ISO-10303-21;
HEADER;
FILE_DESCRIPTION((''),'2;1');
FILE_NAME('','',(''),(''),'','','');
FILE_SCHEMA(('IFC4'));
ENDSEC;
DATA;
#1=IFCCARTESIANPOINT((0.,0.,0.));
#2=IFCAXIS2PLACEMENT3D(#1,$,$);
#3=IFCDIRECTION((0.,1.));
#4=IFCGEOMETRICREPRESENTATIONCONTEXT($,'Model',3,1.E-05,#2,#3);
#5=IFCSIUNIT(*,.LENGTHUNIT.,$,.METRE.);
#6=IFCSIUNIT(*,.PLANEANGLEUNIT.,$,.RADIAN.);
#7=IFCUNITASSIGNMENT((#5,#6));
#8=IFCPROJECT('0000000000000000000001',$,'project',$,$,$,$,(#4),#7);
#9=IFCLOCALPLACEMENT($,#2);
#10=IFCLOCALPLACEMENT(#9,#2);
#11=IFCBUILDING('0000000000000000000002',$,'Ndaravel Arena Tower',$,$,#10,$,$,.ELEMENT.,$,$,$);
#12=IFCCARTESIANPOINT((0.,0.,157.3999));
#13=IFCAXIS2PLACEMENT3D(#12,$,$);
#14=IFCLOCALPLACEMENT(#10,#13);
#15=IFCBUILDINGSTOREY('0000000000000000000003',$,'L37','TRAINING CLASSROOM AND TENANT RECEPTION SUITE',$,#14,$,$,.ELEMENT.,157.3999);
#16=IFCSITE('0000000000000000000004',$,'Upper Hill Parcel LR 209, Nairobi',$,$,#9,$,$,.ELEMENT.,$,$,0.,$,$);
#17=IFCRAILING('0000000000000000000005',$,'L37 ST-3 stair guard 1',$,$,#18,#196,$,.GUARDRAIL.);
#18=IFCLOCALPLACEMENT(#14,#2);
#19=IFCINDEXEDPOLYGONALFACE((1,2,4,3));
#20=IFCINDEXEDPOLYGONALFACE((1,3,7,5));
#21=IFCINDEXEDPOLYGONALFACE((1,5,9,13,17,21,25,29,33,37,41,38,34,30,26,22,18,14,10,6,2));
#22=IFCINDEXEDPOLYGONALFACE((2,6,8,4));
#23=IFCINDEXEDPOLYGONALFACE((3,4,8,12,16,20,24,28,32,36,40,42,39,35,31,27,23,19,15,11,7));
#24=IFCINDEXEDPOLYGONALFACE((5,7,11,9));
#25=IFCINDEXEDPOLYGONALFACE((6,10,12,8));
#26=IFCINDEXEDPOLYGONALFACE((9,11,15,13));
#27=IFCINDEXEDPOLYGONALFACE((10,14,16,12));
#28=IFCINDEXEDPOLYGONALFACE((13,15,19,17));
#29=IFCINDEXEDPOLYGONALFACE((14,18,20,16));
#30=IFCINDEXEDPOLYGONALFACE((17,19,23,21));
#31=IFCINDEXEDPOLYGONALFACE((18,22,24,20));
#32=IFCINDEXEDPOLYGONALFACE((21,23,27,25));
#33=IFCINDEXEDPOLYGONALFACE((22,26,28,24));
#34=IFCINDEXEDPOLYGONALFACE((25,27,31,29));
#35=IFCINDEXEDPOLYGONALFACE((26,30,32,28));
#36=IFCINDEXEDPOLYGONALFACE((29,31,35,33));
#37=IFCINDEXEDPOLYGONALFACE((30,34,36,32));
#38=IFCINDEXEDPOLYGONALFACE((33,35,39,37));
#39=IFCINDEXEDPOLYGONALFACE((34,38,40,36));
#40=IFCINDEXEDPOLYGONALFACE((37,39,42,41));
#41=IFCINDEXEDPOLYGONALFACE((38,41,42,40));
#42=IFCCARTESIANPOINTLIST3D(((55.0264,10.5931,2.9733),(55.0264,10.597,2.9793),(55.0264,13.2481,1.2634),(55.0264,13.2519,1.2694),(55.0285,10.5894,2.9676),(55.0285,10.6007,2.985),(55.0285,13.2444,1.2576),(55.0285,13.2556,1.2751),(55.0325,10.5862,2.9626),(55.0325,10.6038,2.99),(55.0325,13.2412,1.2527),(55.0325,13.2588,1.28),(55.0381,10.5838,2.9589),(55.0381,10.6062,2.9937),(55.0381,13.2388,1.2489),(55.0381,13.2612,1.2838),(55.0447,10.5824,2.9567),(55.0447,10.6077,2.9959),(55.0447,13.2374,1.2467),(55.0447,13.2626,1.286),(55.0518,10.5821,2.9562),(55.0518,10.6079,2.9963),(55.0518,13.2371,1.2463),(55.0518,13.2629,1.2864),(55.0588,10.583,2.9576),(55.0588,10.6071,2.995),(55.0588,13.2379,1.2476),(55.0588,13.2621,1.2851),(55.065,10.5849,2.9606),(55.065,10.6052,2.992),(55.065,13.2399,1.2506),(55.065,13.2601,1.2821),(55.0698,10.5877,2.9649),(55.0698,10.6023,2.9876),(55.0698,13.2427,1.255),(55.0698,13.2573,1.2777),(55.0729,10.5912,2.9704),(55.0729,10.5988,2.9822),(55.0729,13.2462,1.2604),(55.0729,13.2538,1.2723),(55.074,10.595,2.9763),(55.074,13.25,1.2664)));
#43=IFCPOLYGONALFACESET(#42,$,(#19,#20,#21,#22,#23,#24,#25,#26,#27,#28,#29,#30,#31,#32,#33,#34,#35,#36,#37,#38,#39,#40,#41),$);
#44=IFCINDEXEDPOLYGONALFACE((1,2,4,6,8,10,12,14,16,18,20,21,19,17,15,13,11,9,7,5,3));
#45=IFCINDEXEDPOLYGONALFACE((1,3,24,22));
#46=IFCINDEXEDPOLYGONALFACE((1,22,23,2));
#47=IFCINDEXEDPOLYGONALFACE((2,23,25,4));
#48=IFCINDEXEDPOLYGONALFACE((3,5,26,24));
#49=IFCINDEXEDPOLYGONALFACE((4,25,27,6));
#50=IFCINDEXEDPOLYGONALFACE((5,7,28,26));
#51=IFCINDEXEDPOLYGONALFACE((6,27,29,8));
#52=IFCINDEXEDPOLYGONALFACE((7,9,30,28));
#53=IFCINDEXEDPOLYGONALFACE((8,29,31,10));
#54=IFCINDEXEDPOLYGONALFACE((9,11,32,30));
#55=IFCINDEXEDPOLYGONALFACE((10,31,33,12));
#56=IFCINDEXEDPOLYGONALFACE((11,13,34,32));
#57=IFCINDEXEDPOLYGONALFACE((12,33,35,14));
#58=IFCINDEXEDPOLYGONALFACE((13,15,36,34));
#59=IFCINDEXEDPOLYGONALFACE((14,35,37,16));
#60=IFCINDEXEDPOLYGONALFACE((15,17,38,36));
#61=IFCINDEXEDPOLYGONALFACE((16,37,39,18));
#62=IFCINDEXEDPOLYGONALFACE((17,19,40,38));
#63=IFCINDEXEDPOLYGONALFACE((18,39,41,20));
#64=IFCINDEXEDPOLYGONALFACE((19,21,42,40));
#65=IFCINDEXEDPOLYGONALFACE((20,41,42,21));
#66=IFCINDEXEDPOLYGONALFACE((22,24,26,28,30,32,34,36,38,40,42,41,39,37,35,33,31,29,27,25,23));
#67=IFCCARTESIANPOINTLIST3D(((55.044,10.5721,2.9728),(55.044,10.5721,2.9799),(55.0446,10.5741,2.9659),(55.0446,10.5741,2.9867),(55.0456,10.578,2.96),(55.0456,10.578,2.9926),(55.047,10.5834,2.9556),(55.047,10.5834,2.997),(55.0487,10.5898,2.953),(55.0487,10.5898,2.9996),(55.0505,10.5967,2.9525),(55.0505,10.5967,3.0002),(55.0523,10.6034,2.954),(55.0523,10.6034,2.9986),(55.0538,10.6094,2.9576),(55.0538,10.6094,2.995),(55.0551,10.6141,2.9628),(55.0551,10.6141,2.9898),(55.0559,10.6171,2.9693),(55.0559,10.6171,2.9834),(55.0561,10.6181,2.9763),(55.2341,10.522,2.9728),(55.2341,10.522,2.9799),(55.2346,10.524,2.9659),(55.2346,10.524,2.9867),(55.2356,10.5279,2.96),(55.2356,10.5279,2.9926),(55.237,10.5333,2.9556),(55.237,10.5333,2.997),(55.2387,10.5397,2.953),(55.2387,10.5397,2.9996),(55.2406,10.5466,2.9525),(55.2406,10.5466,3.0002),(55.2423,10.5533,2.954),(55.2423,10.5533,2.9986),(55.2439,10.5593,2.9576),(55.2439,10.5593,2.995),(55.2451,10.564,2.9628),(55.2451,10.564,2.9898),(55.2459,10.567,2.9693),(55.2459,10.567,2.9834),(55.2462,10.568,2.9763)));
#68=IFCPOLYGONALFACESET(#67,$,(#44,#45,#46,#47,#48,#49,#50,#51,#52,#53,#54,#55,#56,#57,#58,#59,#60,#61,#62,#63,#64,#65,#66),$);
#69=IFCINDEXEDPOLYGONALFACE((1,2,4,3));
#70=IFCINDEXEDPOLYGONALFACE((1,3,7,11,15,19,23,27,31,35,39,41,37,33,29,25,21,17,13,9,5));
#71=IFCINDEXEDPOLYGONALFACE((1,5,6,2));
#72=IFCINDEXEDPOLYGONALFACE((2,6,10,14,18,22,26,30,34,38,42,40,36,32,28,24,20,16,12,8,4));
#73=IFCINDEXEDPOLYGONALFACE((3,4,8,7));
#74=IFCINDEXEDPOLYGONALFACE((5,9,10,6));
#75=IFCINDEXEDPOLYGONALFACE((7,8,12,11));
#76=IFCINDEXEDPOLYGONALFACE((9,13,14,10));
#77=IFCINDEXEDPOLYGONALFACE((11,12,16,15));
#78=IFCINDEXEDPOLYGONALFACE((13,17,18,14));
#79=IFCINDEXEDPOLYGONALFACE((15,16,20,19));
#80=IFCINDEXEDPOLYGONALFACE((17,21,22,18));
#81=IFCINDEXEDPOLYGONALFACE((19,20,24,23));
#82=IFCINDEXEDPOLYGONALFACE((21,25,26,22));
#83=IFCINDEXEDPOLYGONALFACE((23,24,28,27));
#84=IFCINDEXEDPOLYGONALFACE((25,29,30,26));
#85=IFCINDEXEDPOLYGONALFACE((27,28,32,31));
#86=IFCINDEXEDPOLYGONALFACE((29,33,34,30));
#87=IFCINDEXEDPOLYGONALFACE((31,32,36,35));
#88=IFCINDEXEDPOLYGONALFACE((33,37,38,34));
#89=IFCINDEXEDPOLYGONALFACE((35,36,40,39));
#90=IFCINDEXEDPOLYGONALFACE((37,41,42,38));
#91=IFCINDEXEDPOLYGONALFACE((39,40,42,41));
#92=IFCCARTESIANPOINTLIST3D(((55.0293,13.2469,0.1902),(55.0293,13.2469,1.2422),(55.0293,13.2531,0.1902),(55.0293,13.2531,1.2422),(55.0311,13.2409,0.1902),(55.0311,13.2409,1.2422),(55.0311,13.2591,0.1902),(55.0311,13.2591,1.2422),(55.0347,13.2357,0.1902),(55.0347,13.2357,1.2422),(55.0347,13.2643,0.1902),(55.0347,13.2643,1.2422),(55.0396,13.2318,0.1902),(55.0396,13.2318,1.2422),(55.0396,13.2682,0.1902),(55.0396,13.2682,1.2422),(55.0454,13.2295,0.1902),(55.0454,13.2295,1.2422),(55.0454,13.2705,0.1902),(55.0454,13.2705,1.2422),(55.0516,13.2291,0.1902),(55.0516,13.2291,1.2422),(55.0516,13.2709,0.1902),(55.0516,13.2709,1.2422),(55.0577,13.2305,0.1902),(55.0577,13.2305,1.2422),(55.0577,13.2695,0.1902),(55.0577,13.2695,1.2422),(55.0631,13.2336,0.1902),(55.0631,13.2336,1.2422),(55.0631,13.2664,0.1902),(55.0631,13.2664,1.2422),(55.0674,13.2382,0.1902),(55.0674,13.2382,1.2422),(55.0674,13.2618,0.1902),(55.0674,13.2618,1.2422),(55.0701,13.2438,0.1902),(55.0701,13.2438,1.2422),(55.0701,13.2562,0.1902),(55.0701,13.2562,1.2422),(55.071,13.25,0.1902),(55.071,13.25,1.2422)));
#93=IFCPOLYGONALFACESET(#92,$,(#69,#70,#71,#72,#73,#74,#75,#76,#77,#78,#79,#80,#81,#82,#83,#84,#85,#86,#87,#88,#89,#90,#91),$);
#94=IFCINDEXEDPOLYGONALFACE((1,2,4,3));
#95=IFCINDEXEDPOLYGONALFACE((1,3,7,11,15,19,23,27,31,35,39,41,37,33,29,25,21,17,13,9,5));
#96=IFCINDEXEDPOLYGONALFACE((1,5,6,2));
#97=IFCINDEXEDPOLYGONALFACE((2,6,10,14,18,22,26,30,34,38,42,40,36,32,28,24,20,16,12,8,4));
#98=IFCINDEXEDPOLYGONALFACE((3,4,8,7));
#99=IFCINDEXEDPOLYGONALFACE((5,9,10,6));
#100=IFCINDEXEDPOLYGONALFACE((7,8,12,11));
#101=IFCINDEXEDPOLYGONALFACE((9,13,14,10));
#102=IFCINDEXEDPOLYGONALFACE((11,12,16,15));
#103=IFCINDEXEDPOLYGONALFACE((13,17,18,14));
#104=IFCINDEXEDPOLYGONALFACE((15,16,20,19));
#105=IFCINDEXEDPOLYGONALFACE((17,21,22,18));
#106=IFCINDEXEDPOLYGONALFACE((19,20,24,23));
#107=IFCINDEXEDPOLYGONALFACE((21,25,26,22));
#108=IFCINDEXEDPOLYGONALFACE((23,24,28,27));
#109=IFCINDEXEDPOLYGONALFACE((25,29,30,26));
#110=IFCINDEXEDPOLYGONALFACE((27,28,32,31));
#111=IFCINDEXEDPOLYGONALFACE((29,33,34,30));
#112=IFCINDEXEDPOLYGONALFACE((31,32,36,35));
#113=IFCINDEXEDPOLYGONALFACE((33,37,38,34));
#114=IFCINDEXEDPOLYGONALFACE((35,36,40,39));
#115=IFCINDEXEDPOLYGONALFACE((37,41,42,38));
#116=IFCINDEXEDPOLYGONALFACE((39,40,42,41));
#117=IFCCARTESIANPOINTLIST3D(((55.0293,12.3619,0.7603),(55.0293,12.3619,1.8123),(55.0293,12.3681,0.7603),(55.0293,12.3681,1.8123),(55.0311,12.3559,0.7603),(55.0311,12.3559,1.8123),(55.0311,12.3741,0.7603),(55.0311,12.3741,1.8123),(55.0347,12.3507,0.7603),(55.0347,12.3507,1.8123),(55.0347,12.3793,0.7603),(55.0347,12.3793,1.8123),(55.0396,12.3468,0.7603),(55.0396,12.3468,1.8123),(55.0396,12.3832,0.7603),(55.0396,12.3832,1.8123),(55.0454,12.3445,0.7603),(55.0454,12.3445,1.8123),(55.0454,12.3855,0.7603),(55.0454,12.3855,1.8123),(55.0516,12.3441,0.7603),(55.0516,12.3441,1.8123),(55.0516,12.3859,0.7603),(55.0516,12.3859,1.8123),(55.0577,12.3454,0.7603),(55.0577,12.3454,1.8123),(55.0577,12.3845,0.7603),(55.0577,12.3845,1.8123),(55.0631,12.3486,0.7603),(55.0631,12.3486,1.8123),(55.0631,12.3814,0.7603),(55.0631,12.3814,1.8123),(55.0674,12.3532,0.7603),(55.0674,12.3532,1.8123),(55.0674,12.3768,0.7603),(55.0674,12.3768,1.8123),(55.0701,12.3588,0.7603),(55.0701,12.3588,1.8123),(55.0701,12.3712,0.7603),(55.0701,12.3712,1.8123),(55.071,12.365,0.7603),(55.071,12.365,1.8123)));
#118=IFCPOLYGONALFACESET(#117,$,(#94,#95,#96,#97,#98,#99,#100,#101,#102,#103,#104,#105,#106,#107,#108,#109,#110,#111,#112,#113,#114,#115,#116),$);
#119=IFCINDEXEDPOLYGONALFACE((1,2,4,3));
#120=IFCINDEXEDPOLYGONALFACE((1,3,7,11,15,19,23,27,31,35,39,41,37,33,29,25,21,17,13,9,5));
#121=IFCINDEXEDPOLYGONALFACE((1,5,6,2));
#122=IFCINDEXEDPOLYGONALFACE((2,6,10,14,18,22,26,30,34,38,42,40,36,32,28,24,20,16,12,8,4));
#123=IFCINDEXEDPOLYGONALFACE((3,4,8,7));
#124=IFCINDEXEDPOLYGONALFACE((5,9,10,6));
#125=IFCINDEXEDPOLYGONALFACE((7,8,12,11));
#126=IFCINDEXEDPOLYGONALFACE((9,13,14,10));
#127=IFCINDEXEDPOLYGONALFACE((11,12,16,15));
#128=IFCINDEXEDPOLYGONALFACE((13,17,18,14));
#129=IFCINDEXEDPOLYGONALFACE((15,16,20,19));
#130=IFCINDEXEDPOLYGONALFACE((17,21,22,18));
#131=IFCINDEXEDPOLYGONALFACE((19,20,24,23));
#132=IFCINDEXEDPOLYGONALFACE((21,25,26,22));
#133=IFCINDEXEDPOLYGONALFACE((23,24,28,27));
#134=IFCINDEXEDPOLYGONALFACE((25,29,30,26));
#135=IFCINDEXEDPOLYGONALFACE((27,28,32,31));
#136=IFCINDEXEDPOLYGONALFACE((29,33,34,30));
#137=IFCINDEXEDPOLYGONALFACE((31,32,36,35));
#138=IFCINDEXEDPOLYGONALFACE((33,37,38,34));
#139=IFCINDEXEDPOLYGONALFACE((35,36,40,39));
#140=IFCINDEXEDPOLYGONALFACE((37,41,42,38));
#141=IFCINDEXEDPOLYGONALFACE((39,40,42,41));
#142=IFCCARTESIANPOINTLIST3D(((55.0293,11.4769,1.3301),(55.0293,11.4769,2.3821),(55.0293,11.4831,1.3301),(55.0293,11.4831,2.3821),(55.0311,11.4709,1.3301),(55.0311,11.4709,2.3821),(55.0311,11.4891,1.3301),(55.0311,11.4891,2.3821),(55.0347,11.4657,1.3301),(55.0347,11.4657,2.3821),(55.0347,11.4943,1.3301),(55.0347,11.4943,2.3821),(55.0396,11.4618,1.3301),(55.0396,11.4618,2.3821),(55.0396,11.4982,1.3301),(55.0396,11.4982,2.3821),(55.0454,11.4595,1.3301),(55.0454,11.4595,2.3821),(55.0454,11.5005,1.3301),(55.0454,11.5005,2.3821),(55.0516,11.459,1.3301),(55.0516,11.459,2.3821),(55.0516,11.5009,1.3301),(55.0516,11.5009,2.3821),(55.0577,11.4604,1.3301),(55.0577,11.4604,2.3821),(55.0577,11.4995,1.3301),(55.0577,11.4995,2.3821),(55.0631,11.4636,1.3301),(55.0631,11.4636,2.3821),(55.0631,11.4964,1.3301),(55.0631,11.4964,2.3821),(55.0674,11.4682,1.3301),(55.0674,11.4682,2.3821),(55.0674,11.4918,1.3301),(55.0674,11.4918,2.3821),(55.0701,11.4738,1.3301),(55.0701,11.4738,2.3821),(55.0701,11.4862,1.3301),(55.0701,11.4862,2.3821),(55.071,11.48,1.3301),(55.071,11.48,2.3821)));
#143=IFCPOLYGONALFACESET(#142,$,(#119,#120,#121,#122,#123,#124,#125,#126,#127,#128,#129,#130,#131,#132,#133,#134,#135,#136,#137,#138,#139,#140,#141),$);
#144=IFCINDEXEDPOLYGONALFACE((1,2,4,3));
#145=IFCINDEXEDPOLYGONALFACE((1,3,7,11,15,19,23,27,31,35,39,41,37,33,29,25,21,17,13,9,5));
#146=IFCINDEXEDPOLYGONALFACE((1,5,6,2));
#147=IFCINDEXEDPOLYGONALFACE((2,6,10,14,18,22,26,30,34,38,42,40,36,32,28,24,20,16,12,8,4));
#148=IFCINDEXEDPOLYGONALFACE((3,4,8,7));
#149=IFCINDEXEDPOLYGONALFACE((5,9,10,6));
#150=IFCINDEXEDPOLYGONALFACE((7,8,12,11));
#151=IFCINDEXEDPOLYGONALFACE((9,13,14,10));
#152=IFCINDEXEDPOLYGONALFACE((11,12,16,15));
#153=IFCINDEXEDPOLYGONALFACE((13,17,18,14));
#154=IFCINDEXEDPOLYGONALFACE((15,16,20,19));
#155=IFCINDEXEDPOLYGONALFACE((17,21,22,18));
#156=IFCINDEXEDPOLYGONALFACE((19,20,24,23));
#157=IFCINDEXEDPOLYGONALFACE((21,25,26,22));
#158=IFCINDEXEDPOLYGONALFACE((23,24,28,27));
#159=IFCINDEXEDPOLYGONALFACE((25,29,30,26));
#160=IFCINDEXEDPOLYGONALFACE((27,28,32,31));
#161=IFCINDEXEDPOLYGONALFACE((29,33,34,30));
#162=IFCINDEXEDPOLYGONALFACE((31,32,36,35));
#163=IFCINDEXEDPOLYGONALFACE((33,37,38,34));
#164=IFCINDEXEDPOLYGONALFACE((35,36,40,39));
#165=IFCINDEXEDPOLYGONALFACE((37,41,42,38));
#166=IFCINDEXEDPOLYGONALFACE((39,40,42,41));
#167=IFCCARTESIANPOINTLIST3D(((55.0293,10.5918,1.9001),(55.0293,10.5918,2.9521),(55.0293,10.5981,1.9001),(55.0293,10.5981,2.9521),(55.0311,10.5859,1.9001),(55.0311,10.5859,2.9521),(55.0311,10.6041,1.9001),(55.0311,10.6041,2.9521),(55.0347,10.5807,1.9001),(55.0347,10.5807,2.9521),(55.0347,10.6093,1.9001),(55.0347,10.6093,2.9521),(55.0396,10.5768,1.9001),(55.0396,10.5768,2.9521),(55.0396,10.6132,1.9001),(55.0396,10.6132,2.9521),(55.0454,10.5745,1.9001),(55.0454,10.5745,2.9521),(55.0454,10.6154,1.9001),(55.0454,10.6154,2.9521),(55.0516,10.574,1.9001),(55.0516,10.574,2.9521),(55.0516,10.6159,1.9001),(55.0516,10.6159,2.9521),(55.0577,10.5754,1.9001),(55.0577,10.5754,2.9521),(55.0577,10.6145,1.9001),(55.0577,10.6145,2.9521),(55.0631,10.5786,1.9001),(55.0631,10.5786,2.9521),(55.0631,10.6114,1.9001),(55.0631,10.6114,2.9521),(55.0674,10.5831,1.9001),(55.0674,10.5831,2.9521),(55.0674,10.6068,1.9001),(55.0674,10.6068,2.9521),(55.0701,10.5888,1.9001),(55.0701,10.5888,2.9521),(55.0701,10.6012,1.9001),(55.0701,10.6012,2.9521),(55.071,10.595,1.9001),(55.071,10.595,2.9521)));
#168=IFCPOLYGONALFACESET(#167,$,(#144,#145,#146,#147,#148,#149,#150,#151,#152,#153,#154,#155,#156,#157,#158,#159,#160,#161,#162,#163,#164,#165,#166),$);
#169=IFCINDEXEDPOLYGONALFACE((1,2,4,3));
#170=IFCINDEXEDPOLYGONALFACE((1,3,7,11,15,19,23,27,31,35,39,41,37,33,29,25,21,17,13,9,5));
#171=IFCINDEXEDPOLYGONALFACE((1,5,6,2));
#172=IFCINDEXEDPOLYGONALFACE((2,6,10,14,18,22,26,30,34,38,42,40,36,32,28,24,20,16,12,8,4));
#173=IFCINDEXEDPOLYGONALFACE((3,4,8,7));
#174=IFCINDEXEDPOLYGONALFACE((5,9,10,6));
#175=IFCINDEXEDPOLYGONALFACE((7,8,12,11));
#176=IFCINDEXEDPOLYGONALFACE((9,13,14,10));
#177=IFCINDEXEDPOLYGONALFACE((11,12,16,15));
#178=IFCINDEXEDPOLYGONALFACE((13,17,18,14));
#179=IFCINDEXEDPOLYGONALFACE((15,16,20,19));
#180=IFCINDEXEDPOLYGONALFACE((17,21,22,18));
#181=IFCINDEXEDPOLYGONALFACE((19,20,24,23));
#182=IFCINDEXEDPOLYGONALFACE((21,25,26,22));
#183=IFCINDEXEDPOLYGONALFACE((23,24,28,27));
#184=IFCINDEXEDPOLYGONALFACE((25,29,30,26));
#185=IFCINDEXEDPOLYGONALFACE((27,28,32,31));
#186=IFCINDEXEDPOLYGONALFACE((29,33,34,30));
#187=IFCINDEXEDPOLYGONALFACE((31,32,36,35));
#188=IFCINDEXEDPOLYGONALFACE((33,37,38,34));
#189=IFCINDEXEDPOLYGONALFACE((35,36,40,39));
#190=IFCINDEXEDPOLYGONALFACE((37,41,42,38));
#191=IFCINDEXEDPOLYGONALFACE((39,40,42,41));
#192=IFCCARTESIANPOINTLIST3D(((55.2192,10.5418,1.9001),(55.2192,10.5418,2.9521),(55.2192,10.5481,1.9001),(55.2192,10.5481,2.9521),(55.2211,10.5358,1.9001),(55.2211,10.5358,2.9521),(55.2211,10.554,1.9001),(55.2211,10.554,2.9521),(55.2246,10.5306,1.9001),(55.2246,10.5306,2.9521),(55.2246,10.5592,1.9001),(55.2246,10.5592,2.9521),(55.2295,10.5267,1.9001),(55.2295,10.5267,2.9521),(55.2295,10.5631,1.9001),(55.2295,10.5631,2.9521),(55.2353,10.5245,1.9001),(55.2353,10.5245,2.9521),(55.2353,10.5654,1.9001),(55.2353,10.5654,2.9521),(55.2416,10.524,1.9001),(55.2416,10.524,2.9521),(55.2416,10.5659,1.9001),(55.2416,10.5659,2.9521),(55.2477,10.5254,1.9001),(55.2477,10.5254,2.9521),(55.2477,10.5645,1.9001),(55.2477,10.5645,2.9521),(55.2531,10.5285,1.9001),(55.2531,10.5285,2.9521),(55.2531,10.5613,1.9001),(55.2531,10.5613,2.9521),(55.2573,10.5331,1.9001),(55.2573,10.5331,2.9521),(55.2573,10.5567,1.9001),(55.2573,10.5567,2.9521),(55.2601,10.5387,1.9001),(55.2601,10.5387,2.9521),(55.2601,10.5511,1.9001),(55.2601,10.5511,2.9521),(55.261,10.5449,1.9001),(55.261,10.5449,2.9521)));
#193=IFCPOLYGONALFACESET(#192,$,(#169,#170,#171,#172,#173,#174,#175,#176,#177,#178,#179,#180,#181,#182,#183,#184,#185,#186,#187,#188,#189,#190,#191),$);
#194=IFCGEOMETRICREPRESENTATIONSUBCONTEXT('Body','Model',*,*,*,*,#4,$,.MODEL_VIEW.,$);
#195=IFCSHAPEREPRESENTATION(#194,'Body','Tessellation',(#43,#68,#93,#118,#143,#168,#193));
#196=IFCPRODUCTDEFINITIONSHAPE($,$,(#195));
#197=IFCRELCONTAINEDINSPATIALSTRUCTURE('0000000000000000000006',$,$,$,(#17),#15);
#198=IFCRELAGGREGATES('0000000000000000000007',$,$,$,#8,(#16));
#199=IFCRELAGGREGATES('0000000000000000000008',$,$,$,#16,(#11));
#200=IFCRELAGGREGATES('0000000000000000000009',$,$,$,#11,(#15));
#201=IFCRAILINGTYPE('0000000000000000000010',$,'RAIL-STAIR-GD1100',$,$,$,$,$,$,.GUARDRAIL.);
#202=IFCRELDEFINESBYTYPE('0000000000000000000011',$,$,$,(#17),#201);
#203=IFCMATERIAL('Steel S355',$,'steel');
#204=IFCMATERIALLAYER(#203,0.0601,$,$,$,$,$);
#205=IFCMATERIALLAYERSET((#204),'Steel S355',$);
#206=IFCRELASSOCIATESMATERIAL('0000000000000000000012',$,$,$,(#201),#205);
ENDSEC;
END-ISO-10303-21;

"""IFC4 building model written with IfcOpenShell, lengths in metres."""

from ifc_helpers import new_model, si_unit, direction, frame, origin, origin_2d, place, context, subcontext, project, spatial, circle, extrude, material, layer, layer_set, type_object, element, save


model = new_model("IFC4")

# Units and contexts
model_context = context("Model", 3, precision=1e-05, world=origin(), true_north=direction((0.0, 1.0)))
body_context = subcontext(model_context, "Body", "Model", "MODEL_VIEW")
ifc_project = project(units=[si_unit("LENGTHUNIT", "METRE"), si_unit("PLANEANGLEUNIT", "RADIAN")], contexts=[model_context])

# Site, building, storey
site_placement = place(None, origin())
site = spatial("IfcSite", under=ifc_project, at=site_placement, Name="Upper Hill Parcel LR 209, Nairobi", CompositionType="ELEMENT", RefElevation=0.0)
building_placement = place(site_placement, origin())
building = spatial("IfcBuilding", under=site, at=building_placement, Name="Ndaravel Arena Tower", CompositionType="ELEMENT")
storey_placement = place(building_placement, frame((0.0, 0.0, 157.3999)))
storey = spatial("IfcBuildingStorey", under=building, at=storey_placement, Name="L37", Description="TRAINING CLASSROOM AND TENANT RECEPTION SUITE", CompositionType="ELEMENT", Elevation=157.3999)

# Railing
ifc_material_1 = material(Name="Steel S355", Category="steel")
ifc_layer_1 = layer(ifc_material_1, 0.0601)
ifc_layer_set_1 = layer_set([ifc_layer_1], Name="Steel S355")
railing_type_1 = type_object("IfcRailingType", Name="RAIL-STAIR-GD1100", PredefinedType="GUARDRAIL", material=ifc_layer_set_1)
railing_1_placement = place(storey_placement, frame((55.05, 13.25, 0.1902)))
element("IfcRailing", 1, at=railing_1_placement, inside=storey, type_object=railing_type_1, Name="L37 ST-3 stair guard 1", PredefinedType="GUARDRAIL", context=body_context, shape_type="SweptSolid", body=[
    extrude(circle(Radius=0.0239, at=origin_2d()), frame((0.0, 0.0, 1.0762), z_axis=(0.0, -0.840724, 0.541465), x_axis=(1.0, 0.0, 0.0)), (0.0, 0.0, 1.0), 3.158),
    extrude(circle(Radius=0.0239, at=origin_2d()), frame((0.0, -2.655, 2.7861), z_axis=(0.966994, -0.254799, 0.0), x_axis=(0.254799, 0.966994, 0.0)), (0.0, 0.0, 1.0), 0.1965),
    extrude(circle(Radius=0.021, at=origin_2d()), origin(), (0.0, 0.0, 1.0), 1.052),
    extrude(circle(Radius=0.021, at=origin_2d()), frame((0.0, -0.885, 0.5701)), (0.0, 0.0, 1.0), 1.052),
    extrude(circle(Radius=0.021, at=origin_2d()), frame((0.0, -1.77, 1.1399)), (0.0, 0.0, 1.0), 1.052),
    extrude(circle(Radius=0.021, at=origin_2d()), frame((0.0, -2.655, 1.71)), (0.0, 0.0, 1.0), 1.052),
    extrude(circle(Radius=0.021, at=origin_2d()), frame((0.1899, -2.7051, 1.71)), (0.0, 0.0, 1.0), 1.052),
])

save(model, "model.ifc")
